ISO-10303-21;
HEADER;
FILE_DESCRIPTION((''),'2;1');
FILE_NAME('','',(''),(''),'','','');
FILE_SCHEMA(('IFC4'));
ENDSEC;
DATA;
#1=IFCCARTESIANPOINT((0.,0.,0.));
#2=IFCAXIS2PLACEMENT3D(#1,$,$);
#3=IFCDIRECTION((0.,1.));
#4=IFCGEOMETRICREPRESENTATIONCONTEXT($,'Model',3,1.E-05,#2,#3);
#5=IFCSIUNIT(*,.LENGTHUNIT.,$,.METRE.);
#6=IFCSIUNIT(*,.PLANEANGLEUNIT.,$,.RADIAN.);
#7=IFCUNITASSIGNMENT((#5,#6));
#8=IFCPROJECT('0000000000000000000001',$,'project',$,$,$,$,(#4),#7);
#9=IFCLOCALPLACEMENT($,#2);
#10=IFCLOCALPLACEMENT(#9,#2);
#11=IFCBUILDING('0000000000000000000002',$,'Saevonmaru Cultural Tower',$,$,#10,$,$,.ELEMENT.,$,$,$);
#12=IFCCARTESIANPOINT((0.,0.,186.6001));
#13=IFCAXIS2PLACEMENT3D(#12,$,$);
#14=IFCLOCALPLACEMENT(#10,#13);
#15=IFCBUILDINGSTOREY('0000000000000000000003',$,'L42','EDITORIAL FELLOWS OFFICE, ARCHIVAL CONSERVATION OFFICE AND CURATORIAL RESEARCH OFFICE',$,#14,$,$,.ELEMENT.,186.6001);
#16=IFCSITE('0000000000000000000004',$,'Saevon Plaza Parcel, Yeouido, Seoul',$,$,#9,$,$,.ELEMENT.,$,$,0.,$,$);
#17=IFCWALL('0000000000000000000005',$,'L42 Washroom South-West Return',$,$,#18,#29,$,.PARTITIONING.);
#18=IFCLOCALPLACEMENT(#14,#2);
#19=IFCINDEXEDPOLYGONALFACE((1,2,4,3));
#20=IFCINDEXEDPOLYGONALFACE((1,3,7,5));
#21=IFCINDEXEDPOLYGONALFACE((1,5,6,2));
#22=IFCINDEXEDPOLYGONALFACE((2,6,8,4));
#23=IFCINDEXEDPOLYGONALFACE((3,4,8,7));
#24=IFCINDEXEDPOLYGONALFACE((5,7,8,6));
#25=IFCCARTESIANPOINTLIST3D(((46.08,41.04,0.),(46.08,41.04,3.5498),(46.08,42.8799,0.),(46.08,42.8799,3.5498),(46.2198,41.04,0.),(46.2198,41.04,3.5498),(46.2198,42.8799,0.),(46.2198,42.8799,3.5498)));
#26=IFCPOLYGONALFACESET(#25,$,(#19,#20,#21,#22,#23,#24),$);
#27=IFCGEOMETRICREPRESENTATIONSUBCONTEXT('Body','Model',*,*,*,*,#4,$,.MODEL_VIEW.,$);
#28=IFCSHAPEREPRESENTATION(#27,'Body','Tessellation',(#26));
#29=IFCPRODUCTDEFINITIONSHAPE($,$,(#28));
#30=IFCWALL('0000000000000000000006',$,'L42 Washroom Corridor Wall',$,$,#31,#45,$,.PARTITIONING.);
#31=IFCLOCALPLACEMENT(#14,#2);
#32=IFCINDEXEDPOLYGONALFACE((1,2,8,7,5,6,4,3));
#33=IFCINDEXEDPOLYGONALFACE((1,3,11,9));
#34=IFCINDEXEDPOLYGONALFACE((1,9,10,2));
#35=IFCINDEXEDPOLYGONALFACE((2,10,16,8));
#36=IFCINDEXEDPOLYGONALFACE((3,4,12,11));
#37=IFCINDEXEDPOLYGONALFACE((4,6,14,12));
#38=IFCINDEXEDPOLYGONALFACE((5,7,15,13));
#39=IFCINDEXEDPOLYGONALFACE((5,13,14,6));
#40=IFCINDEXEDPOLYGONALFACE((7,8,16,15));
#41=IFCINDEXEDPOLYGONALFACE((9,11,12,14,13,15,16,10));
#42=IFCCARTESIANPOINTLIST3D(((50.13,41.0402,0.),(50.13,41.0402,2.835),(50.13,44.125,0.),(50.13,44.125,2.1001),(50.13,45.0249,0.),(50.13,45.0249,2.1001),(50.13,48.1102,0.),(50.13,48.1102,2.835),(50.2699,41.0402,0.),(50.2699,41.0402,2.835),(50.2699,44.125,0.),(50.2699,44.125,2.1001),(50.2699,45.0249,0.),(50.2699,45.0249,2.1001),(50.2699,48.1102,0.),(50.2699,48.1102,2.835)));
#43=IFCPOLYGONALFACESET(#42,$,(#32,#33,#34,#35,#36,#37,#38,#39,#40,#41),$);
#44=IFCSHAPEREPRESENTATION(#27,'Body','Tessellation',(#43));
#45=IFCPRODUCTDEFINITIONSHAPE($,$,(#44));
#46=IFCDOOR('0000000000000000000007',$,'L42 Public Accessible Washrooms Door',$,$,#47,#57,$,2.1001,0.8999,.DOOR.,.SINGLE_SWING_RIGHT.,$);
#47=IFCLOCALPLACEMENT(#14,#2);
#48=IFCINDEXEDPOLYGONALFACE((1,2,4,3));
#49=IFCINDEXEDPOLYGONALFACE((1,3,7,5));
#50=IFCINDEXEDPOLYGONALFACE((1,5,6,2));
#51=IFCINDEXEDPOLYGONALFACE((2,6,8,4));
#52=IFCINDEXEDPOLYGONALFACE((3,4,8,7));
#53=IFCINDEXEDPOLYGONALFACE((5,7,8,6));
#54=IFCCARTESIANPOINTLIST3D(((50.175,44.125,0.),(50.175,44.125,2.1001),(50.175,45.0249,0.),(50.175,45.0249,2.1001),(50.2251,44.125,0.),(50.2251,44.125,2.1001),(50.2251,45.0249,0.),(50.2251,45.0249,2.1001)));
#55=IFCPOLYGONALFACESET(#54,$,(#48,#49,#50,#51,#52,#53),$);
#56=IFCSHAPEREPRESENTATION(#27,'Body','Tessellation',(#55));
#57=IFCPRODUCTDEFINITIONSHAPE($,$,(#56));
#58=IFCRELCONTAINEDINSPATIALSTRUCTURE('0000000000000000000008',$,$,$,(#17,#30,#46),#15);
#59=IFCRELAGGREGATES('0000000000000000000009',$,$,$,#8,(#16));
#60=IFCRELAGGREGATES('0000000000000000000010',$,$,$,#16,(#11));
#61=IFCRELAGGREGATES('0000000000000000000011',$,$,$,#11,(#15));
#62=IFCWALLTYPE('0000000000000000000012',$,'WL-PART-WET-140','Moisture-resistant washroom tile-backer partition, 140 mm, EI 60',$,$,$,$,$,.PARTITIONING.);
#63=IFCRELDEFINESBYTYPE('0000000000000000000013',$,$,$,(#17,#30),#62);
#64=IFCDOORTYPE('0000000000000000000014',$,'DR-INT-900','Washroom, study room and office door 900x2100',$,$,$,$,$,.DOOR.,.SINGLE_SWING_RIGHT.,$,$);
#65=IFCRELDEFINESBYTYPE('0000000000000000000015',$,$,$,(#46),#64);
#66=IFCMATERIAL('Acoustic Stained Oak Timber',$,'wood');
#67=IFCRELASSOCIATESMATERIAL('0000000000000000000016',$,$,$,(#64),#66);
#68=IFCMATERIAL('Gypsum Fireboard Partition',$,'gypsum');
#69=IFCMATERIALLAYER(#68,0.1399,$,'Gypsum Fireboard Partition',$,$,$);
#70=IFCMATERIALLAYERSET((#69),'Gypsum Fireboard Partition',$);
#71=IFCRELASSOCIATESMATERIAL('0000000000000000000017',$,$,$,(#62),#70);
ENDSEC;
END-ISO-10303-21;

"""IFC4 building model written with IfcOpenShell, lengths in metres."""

from ifc_helpers import new_model, si_unit, direction, frame, frame_2d, origin, place, context, subcontext, project, spatial, rectangle, extrude, material, layer, layer_set, type_object, element, fill, save


model = new_model("IFC4")

# Units and contexts
model_context = context("Model", 3, precision=1e-05, world=origin(), true_north=direction((0.0, 1.0)))
body_context = subcontext(model_context, "Body", "Model", "MODEL_VIEW")
ifc_project = project(units=[si_unit("LENGTHUNIT", "METRE"), si_unit("PLANEANGLEUNIT", "RADIAN")], contexts=[model_context])

# Site, building, storey
site_placement = place(None, origin())
site = spatial("IfcSite", under=ifc_project, at=site_placement, Name="Saevon Plaza Parcel, Yeouido, Seoul", CompositionType="ELEMENT", RefElevation=0.0)
building_placement = place(site_placement, origin())
building = spatial("IfcBuilding", under=site, at=building_placement, Name="Saevonmaru Cultural Tower", CompositionType="ELEMENT")
storey_placement = place(building_placement, frame((0.0, 0.0, 186.6001)))
storey = spatial("IfcBuildingStorey", under=building, at=storey_placement, Name="L42", Description="EDITORIAL FELLOWS OFFICE, ARCHIVAL CONSERVATION OFFICE AND CURATORIAL RESEARCH OFFICE", CompositionType="ELEMENT", Elevation=186.6001)

# Shared definitions
ifc_material_1 = material(Name="Gypsum Fireboard Partition", Category="gypsum")

# Shared definitions
ifc_material_2 = material(Name="Acoustic Stained Oak Timber", Category="wood")
door_type_1 = type_object("IfcDoorType", Name="DR-INT-900", Description="Washroom, study room and office door 900x2100", OperationType="SINGLE_SWING_RIGHT", PredefinedType="DOOR", material=ifc_material_2)

# Wall
ifc_layer_1 = layer(ifc_material_1, 0.1399, Name="Gypsum Fireboard Partition")
ifc_layer_set_1 = layer_set([ifc_layer_1], Name="Gypsum Fireboard Partition")
wall_type_1 = type_object("IfcWallType", Name="WL-PART-WET-140", Description="Moisture-resistant washroom tile-backer partition, 140 mm, EI 60", PredefinedType="PARTITIONING", material=ifc_layer_set_1)
wall_1_placement = place(storey_placement, frame((46.1499, 41.04, 0.0), z_axis=(0.0, 0.0, 1.0), x_axis=(0.0, 1.0, 0.0)))
element("IfcWall", 1, at=wall_1_placement, inside=storey, type_object=wall_type_1, Name="L42 Washroom South-West Return", PredefinedType="PARTITIONING", context=body_context, shape_type="SweptSolid", body=[
    extrude(rectangle(XDim=1.8398, YDim=0.1399, at=frame_2d((0.9199, 0.0))), origin(), (0.0, 0.0, 1.0), 3.5498),
])

# Wall, opening, door
wall_2_placement = place(storey_placement, frame((50.2, 41.04, 0.0), z_axis=(0.0, 0.0, 1.0), x_axis=(0.0, 1.0, 0.0)))
wall_2 = element("IfcWall", 2, at=wall_2_placement, inside=storey, type_object=wall_type_1, Name="L42 Washroom Corridor Wall", PredefinedType="PARTITIONING", context=body_context, shape_type="SweptSolid", body=[
    extrude(rectangle(XDim=7.0701, YDim=0.1399, at=frame_2d((3.5352, 0.0))), origin(), (0.0, 0.0, 1.0), 2.835),
])
opening_1_placement = place(wall_2_placement, frame((3.085, 0.0, 0.0)))
opening_1 = element("IfcOpeningElement", 3, at=opening_1_placement, cuts=wall_2, PredefinedType="OPENING", context=body_context, shape_type="SweptSolid", body=[
    extrude(rectangle(XDim=0.8999, YDim=2.1001, at=frame_2d((0.45, 1.05))), frame((0.0, 0.0801, 0.0), z_axis=(0.0, -1.0, 0.0), x_axis=(1.0, 0.0, 0.0)), (0.0, 0.0, 1.0), 0.1599),
])
door_1_placement = place(opening_1_placement, origin())
door_1 = element("IfcDoor", 4, at=door_1_placement, inside=storey, type_object=door_type_1, Name="L42 Public Accessible Washrooms Door", OperationType="SINGLE_SWING_RIGHT", OverallHeight=2.1001, OverallWidth=0.8999, PredefinedType="DOOR", context=body_context, shape_type="SweptSolid", body=[
    extrude(rectangle(XDim=0.8999, YDim=2.1001, at=frame_2d((0.45, 1.05))), frame((0.0, 0.0249, 0.0), z_axis=(0.0, -1.0, 0.0), x_axis=(1.0, 0.0, 0.0)), (0.0, 0.0, 1.0), 0.05),
])
fill(opening_1, door_1)

save(model, "model.ifc")
